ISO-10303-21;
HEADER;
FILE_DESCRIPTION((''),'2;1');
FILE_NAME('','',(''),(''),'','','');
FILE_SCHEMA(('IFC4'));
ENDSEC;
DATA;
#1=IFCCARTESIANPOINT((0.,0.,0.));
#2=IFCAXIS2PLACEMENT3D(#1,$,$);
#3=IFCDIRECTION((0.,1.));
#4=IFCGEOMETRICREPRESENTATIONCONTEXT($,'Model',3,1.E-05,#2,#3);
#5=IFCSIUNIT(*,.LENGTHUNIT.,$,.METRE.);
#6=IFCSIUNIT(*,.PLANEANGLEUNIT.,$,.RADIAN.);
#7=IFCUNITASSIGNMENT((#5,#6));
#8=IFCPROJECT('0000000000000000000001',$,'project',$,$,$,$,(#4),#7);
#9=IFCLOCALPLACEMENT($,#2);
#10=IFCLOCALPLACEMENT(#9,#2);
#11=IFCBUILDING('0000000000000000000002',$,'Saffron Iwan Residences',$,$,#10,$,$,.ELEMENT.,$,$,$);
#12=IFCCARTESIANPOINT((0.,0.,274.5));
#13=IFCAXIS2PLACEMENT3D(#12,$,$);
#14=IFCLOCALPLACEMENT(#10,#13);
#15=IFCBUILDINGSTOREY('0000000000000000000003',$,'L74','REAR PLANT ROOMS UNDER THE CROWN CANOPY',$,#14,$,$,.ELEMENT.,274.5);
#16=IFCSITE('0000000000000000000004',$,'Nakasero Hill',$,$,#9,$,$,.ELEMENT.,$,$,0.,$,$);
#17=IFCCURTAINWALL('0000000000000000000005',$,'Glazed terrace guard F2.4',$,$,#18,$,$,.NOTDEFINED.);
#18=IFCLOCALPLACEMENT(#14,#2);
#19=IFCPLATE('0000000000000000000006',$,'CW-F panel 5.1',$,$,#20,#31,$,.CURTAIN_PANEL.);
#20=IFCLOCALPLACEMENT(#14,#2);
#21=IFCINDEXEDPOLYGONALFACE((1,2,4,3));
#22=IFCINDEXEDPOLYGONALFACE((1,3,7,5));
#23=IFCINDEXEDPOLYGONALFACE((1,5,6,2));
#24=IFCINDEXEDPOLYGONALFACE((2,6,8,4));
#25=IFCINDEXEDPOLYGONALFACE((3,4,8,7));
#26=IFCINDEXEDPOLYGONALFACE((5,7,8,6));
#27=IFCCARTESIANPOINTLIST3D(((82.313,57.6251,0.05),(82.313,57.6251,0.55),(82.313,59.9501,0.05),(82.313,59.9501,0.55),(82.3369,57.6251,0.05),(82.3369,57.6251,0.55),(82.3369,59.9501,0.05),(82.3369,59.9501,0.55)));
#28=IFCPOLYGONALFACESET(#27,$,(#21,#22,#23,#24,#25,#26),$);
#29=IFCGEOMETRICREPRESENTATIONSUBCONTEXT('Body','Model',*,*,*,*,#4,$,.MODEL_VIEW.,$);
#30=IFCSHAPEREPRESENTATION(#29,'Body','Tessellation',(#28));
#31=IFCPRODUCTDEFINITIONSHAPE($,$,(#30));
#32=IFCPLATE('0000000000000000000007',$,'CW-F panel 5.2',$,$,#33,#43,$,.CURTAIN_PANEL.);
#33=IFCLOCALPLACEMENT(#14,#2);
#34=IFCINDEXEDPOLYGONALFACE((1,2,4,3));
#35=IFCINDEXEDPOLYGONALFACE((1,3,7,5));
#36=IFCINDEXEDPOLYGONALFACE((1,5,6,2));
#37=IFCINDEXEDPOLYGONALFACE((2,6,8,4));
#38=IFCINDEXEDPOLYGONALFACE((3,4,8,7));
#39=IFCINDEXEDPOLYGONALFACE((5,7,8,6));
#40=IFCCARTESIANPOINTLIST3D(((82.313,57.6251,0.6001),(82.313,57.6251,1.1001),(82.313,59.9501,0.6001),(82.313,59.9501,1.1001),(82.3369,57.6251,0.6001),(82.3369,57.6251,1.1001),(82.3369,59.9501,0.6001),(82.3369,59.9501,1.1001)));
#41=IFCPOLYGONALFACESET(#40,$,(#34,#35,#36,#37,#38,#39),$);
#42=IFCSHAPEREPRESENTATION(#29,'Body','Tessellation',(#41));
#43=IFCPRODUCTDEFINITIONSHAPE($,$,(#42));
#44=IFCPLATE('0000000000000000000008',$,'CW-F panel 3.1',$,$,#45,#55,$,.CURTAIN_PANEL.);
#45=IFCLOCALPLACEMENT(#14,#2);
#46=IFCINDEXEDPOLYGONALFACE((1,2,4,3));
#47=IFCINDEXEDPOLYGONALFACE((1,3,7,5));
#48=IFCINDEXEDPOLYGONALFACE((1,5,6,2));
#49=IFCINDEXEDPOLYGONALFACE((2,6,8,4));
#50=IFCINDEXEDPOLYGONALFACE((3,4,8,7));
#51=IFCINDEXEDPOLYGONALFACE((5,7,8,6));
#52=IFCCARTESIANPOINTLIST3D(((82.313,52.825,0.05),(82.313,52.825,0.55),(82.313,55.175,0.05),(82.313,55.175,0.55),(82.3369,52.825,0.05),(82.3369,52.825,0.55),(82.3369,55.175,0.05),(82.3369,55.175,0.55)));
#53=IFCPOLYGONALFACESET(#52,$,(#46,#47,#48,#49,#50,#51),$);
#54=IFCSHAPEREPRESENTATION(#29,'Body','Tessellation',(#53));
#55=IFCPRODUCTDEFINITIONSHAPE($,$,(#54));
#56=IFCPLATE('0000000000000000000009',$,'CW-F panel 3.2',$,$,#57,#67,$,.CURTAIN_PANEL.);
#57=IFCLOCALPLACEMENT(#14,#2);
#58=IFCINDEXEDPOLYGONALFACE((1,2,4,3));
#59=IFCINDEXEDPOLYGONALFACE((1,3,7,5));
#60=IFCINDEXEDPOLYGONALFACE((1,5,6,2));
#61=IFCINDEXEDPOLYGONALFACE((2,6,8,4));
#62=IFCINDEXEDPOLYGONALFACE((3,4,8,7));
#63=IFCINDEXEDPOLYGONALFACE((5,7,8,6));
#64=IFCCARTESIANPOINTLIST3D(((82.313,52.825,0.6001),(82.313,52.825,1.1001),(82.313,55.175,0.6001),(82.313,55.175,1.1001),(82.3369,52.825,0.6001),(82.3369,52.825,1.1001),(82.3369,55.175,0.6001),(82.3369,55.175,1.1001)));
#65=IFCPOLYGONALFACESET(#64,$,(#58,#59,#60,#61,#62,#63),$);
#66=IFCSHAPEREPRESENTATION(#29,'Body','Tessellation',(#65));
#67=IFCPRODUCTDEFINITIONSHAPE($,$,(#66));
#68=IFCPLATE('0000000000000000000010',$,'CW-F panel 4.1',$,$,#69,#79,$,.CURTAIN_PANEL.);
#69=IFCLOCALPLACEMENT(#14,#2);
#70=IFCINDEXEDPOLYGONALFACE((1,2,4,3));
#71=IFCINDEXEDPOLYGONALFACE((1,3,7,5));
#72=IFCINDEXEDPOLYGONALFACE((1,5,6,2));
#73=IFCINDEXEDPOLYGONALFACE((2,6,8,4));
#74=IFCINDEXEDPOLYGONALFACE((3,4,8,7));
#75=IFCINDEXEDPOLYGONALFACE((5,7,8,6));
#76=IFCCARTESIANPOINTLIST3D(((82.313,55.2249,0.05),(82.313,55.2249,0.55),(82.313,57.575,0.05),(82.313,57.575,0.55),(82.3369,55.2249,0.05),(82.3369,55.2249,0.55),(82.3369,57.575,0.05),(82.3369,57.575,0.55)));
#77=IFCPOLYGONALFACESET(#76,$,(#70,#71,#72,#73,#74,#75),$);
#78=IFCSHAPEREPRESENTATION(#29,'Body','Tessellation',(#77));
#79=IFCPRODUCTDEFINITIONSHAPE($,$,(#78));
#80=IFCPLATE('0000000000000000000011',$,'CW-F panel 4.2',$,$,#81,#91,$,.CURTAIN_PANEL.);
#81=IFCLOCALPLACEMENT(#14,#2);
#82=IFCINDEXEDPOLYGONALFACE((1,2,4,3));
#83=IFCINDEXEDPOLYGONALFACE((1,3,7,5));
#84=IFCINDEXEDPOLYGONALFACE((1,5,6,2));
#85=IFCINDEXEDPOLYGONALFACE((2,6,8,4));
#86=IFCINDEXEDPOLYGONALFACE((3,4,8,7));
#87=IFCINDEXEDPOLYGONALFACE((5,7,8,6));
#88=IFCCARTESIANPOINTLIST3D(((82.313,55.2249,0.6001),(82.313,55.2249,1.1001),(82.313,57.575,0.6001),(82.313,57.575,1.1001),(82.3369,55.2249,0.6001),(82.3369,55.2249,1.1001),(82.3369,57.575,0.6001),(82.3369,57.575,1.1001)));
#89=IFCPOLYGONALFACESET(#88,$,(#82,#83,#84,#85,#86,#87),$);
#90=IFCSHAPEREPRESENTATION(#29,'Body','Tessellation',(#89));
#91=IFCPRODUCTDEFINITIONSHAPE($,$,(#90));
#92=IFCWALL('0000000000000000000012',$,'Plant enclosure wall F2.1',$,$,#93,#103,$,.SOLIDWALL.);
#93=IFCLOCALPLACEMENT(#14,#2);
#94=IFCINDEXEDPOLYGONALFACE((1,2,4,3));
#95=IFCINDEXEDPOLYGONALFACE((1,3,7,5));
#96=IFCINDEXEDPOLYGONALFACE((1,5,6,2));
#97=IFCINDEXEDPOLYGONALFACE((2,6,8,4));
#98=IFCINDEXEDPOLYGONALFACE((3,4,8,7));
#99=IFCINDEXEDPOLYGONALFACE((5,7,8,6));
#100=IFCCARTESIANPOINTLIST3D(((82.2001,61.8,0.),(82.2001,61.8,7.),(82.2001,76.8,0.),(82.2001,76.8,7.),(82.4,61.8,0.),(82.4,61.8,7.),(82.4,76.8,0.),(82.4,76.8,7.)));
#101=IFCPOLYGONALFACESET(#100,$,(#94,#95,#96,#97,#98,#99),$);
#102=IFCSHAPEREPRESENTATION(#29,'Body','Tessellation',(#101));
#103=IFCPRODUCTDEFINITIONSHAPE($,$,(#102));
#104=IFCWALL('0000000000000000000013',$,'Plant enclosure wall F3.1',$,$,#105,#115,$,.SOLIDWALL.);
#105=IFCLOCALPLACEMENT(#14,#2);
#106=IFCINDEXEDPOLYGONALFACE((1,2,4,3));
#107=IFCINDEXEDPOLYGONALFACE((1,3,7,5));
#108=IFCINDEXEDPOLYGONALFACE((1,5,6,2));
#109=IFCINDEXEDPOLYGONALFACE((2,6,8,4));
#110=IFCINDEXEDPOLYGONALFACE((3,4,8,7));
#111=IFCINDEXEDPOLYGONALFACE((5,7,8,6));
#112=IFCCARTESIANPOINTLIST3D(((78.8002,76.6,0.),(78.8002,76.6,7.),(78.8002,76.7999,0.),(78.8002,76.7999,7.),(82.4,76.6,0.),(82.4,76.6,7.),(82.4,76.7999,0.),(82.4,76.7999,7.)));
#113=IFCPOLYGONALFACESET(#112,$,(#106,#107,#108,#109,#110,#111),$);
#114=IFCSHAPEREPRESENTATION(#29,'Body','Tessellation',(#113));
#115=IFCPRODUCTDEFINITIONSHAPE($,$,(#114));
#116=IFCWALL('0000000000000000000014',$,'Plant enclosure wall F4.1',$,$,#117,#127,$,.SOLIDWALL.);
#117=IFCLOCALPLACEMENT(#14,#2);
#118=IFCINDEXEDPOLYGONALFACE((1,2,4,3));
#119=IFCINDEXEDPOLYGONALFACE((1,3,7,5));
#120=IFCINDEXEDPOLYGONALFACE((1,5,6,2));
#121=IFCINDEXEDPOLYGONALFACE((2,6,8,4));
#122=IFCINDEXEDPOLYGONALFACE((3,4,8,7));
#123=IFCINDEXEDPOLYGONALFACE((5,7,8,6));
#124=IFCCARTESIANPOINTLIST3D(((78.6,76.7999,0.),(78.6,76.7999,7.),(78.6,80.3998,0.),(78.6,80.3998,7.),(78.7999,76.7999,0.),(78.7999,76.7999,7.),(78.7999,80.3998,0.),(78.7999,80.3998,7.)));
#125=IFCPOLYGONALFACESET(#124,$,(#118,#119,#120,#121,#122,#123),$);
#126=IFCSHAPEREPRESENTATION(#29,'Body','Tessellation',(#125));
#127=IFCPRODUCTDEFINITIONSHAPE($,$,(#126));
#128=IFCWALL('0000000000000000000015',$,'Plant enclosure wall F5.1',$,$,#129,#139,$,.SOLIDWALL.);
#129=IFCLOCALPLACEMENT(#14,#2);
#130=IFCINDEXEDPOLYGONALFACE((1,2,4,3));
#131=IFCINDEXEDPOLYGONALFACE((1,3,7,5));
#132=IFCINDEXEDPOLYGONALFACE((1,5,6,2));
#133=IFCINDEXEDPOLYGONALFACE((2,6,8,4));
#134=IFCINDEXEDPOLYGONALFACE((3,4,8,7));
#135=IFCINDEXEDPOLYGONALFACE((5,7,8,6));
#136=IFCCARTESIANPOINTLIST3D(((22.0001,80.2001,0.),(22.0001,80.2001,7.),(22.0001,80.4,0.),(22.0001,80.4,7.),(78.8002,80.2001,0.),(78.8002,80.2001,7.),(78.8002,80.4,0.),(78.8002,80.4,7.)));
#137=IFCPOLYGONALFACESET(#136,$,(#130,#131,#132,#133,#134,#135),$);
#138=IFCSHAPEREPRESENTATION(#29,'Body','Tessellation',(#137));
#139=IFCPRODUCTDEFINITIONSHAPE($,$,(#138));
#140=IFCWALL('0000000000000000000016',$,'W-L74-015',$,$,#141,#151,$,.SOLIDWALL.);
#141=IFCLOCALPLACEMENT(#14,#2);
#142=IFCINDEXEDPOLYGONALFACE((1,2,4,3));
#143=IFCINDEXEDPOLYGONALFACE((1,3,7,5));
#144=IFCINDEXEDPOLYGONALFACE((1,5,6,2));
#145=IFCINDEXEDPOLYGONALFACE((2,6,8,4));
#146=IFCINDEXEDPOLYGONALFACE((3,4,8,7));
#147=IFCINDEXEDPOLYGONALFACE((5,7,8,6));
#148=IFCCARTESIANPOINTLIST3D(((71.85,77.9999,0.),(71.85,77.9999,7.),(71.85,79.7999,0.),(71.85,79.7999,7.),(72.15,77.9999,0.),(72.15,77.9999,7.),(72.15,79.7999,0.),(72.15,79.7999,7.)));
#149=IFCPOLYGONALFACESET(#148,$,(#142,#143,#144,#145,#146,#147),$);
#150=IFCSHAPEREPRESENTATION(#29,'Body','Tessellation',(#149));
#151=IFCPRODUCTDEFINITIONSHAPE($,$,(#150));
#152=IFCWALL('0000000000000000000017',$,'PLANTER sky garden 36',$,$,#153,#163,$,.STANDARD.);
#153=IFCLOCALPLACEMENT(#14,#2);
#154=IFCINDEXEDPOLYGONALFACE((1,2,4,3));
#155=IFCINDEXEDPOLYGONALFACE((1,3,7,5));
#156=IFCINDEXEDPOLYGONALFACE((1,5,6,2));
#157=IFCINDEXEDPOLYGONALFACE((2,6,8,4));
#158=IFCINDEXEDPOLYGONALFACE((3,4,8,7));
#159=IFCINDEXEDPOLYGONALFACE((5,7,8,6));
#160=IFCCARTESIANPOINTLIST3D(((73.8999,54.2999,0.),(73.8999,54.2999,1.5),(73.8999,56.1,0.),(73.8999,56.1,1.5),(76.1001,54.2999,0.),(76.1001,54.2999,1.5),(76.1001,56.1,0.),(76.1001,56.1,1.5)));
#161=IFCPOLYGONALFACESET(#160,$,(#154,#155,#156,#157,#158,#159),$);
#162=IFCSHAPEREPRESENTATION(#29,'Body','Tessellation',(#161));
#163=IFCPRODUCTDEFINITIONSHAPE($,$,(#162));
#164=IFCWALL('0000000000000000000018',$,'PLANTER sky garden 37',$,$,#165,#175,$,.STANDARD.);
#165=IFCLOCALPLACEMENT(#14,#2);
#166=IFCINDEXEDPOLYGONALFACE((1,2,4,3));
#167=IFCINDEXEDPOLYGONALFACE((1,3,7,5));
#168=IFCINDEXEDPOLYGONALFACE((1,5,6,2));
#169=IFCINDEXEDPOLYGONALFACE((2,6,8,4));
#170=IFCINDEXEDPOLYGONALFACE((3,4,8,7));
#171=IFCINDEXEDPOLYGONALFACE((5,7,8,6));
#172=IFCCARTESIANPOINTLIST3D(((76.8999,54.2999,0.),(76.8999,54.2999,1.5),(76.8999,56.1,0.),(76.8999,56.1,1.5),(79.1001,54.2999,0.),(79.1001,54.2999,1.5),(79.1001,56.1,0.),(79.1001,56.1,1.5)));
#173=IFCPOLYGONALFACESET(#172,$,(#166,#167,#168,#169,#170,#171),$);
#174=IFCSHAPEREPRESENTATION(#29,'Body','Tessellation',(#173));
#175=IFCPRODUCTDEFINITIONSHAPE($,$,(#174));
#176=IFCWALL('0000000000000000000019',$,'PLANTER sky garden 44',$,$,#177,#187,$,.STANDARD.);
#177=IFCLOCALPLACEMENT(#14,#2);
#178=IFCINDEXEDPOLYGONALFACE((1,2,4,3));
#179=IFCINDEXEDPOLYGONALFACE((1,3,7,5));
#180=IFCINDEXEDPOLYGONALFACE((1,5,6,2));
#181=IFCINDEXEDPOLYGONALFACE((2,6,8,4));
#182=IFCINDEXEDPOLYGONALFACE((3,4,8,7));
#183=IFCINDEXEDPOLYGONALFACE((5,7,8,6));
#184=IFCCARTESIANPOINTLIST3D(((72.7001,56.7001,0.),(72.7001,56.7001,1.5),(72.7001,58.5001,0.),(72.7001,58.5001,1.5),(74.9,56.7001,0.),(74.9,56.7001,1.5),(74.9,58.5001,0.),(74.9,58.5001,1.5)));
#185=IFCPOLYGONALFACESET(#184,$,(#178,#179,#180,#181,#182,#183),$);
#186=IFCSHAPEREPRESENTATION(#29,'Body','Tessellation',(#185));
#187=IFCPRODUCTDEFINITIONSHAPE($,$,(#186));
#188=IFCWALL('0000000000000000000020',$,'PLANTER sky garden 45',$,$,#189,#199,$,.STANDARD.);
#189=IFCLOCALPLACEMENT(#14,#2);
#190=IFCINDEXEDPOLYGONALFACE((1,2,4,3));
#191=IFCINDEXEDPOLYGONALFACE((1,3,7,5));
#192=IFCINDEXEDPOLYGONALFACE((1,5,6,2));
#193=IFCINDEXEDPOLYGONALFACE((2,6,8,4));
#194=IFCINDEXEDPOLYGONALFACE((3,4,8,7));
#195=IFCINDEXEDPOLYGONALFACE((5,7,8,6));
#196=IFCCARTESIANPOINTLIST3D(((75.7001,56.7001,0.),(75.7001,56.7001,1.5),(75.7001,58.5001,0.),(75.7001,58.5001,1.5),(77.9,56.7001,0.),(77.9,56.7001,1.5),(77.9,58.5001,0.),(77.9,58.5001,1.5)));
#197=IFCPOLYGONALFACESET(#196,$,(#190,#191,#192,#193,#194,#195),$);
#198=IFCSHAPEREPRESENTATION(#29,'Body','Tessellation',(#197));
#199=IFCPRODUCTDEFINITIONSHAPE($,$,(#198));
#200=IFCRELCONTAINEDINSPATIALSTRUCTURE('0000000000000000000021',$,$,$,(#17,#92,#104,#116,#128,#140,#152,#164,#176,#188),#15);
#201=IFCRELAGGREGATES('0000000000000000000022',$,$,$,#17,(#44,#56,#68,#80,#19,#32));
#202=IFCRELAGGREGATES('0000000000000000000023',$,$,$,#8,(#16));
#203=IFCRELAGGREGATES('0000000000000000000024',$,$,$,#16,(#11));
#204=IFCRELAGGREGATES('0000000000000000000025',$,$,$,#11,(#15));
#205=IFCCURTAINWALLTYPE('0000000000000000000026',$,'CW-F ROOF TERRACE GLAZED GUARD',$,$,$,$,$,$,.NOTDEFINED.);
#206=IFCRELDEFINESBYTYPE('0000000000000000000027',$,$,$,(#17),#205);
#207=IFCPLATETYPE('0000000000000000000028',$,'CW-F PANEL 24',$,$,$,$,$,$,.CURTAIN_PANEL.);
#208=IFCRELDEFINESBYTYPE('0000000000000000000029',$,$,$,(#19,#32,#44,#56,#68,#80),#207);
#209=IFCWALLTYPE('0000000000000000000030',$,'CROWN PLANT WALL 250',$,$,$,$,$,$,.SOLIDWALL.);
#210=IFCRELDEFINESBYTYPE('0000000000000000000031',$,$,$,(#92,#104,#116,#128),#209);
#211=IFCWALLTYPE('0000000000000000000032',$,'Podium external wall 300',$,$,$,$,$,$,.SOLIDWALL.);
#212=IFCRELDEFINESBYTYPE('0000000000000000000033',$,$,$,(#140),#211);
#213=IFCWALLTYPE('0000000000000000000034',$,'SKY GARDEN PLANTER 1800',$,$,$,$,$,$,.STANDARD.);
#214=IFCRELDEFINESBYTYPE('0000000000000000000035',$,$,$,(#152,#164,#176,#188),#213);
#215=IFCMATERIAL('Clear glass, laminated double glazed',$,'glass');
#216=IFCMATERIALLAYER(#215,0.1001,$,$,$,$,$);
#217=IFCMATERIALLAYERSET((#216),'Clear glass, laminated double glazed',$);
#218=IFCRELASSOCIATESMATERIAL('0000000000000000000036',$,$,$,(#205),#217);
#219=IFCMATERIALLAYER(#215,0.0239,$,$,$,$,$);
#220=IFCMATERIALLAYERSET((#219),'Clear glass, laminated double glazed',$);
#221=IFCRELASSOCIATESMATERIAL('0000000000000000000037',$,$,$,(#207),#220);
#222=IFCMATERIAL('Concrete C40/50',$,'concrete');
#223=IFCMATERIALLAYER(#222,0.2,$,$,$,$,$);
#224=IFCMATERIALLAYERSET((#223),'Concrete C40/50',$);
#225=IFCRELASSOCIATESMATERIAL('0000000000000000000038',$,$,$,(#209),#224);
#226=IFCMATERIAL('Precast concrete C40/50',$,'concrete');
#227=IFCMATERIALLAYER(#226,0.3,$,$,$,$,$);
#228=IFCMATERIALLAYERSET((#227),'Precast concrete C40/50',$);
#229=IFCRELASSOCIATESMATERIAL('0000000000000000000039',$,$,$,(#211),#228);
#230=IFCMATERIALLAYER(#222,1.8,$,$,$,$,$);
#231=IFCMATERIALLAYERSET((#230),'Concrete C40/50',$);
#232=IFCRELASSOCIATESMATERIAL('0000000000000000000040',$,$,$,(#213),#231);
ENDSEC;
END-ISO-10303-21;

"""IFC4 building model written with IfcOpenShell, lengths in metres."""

from ifc_helpers import new_model, si_unit, direction, frame, frame_2d, origin, origin_2d, place, context, subcontext, project, spatial, rectangle, extrude, source, transform, mapped, material, layer, layer_set, type_object, element, aggregate, save


model = new_model("IFC4")

# Units and contexts
model_context = context("Model", 3, precision=1e-05, world=origin(), true_north=direction((0.0, 1.0)))
body_context = subcontext(model_context, "Body", "Model", "MODEL_VIEW")
ifc_project = project(units=[si_unit("LENGTHUNIT", "METRE"), si_unit("PLANEANGLEUNIT", "RADIAN")], contexts=[model_context])

# Site, building, storey
site_placement = place(None, origin())
site = spatial("IfcSite", under=ifc_project, at=site_placement, Name="Nakasero Hill", CompositionType="ELEMENT", RefElevation=0.0)
building_placement = place(site_placement, origin())
building = spatial("IfcBuilding", under=site, at=building_placement, Name="Saffron Iwan Residences", CompositionType="ELEMENT")
storey_placement = place(building_placement, frame((0.0, 0.0, 274.5)))
storey = spatial("IfcBuildingStorey", under=building, at=storey_placement, Name="L74", Description="REAR PLANT ROOMS UNDER THE CROWN CANOPY", CompositionType="ELEMENT", Elevation=274.5)

# Shared definitions
ifc_material_1 = material(Name="Concrete C40/50", Category="concrete")

# Curtain wall, plates
ifc_material_2 = material(Name="Clear glass, laminated double glazed", Category="glass")
ifc_layer_1 = layer(ifc_material_2, 0.1001)
ifc_layer_set_1 = layer_set([ifc_layer_1], Name="Clear glass, laminated double glazed")
curtain_wall_type = type_object("IfcCurtainWallType", Name="CW-F ROOF TERRACE GLAZED GUARD", PredefinedType="NOTDEFINED", material=ifc_layer_set_1)
curtain_wall_placement = place(storey_placement, origin())
curtain_wall = element("IfcCurtainWall", 1, at=curtain_wall_placement, inside=storey, type_object=curtain_wall_type, Name="Glazed terrace guard F2.4", PredefinedType="NOTDEFINED")
ifc_layer_2 = layer(ifc_material_2, 0.0239)
ifc_layer_set_2 = layer_set([ifc_layer_2], Name="Clear glass, laminated double glazed")
plate_type = type_object("IfcPlateType", Name="CW-F PANEL 24", PredefinedType="CURTAIN_PANEL", material=ifc_layer_set_2)
shared_shape_1 = source(origin(), body_context, "Body", "SweptSolid", [
    extrude(rectangle(XDim=2.325, YDim=0.0239, at=origin_2d()), origin(), (0.0, 0.0, 1.0), 0.5),
])
plate_1_placement = place(storey_placement, frame((82.325, 58.7876, 0.05), z_axis=(0.0, 0.0, 1.0), x_axis=(0.0, 1.0, 0.0)))
plate_1 = element("IfcPlate", 2, at=plate_1_placement, type_object=plate_type, Name="CW-F panel 5.1", PredefinedType="CURTAIN_PANEL", context=body_context, shape_type="MappedRepresentation", body=[
    mapped(shared_shape_1, transform((0.0, 0.0, 0.0))),
])
plate_2_placement = place(storey_placement, frame((82.325, 58.7876, 0.6001), z_axis=(0.0, 0.0, 1.0), x_axis=(0.0, 1.0, 0.0)))
plate_2 = element("IfcPlate", 3, at=plate_2_placement, type_object=plate_type, Name="CW-F panel 5.2", PredefinedType="CURTAIN_PANEL", context=body_context, shape_type="MappedRepresentation", body=[
    mapped(shared_shape_1, transform((0.0, 0.0, 0.0))),
])
shared_shape_2 = source(origin(), body_context, "Body", "SweptSolid", [
    extrude(rectangle(XDim=2.3501, YDim=0.0239, at=origin_2d()), origin(), (0.0, 0.0, 1.0), 0.5),
])
plate_3_placement = place(storey_placement, frame((82.325, 54.0, 0.05), z_axis=(0.0, 0.0, 1.0), x_axis=(0.0, 1.0, 0.0)))
plate_3 = element("IfcPlate", 4, at=plate_3_placement, type_object=plate_type, Name="CW-F panel 3.1", PredefinedType="CURTAIN_PANEL", context=body_context, shape_type="MappedRepresentation", body=[
    mapped(shared_shape_2, transform((0.0, 0.0, 0.0))),
])
plate_4_placement = place(storey_placement, frame((82.325, 54.0, 0.6001), z_axis=(0.0, 0.0, 1.0), x_axis=(0.0, 1.0, 0.0)))
plate_4 = element("IfcPlate", 5, at=plate_4_placement, type_object=plate_type, Name="CW-F panel 3.2", PredefinedType="CURTAIN_PANEL", context=body_context, shape_type="MappedRepresentation", body=[
    mapped(shared_shape_2, transform((0.0, 0.0, 0.0))),
])
plate_5_placement = place(storey_placement, frame((82.325, 56.3999, 0.05), z_axis=(0.0, 0.0, 1.0), x_axis=(0.0, 1.0, 0.0)))
plate_5 = element("IfcPlate", 6, at=plate_5_placement, type_object=plate_type, Name="CW-F panel 4.1", PredefinedType="CURTAIN_PANEL", context=body_context, shape_type="MappedRepresentation", body=[
    mapped(shared_shape_2, transform((0.0, 0.0, 0.0))),
])
plate_6_placement = place(storey_placement, frame((82.325, 56.3999, 0.6001), z_axis=(0.0, 0.0, 1.0), x_axis=(0.0, 1.0, 0.0)))
plate_6 = element("IfcPlate", 7, at=plate_6_placement, type_object=plate_type, Name="CW-F panel 4.2", PredefinedType="CURTAIN_PANEL", context=body_context, shape_type="MappedRepresentation", body=[
    mapped(shared_shape_2, transform((0.0, 0.0, 0.0))),
])
aggregate(curtain_wall, [plate_3, plate_4, plate_5, plate_6, plate_1, plate_2])

# Walls
ifc_layer_3 = layer(ifc_material_1, 0.2)
ifc_layer_set_3 = layer_set([ifc_layer_3], Name="Concrete C40/50")
wall_type_1 = type_object("IfcWallType", Name="CROWN PLANT WALL 250", PredefinedType="SOLIDWALL", material=ifc_layer_set_3)
wall_1_placement = place(storey_placement, frame((82.3, 61.8, 0.0), z_axis=(0.0, 0.0, 1.0), x_axis=(0.0, 1.0, 0.0)))
element("IfcWall", 8, at=wall_1_placement, inside=storey, type_object=wall_type_1, Name="Plant enclosure wall F2.1", PredefinedType="SOLIDWALL", context=body_context, shape_type="SweptSolid", body=[
    extrude(rectangle(XDim=15.0, YDim=0.2, at=frame_2d((7.5, 0.0))), origin(), (0.0, 0.0, 1.0), 7.0),
])
for number, where, z_axis, x_axis, name in (
    (9, (82.3999, 76.7, 0.0), (0.0, 0.0, 1.0), (-1.0, 0.0, 0.0), "Plant enclosure wall F3.1"),
    (10, (78.7, 76.8, 0.0), (0.0, 0.0, 1.0), (0.0, 1.0, 0.0), "Plant enclosure wall F4.1"),
):
    element("IfcWall", number, at=place(storey_placement, frame(where, z_axis=z_axis, x_axis=x_axis)), inside=storey, type_object=wall_type_1, Name=name, PredefinedType="SOLIDWALL", context=body_context, shape_type="SweptSolid", body=[
        extrude(rectangle(XDim=3.5999, YDim=0.2, at=frame_2d((1.7998, 0.0))), origin(), (0.0, 0.0, 1.0), 7.0),
    ])
wall_2_placement = place(storey_placement, frame((78.8, 80.3, 0.0), z_axis=(0.0, 0.0, 1.0), x_axis=(-1.0, 0.0, 0.0)))
element("IfcWall", 11, at=wall_2_placement, inside=storey, type_object=wall_type_1, Name="Plant enclosure wall F5.1", PredefinedType="SOLIDWALL", context=body_context, shape_type="SweptSolid", body=[
    extrude(rectangle(XDim=56.8, YDim=0.2, at=frame_2d((28.3999, 0.0))), origin(), (0.0, 0.0, 1.0), 7.0),
])
ifc_material_3 = material(Name="Precast concrete C40/50", Category="concrete")
ifc_layer_4 = layer(ifc_material_3, 0.3)
ifc_layer_set_4 = layer_set([ifc_layer_4], Name="Precast concrete C40/50")
wall_type_2 = type_object("IfcWallType", Name="Podium external wall 300", PredefinedType="SOLIDWALL", material=ifc_layer_set_4)
wall_3_placement = place(storey_placement, frame((72.0, 78.0, 0.0), z_axis=(0.0, 0.0, 1.0), x_axis=(0.0, 1.0, 0.0)))
element("IfcWall", 12, at=wall_3_placement, inside=storey, type_object=wall_type_2, Name="W-L74-015", PredefinedType="SOLIDWALL", context=body_context, shape_type="SweptSolid", body=[
    extrude(rectangle(XDim=1.8, YDim=0.3, at=frame_2d((0.8999, 0.0))), origin(), (0.0, 0.0, 1.0), 7.0),
])
ifc_layer_5 = layer(ifc_material_1, 1.8)
ifc_layer_set_5 = layer_set([ifc_layer_5], Name="Concrete C40/50")
wall_type_3 = type_object("IfcWallType", Name="SKY GARDEN PLANTER 1800", PredefinedType="STANDARD", material=ifc_layer_set_5)
for number, where, z_axis, x_axis, name in (
    (13, (73.8999, 55.2, 0.0), (0.0, 0.0, 1.0), (1.0, 0.0, 0.0), "PLANTER sky garden 36"),
    (14, (76.8999, 55.2, 0.0), (0.0, 0.0, 1.0), (1.0, 0.0, 0.0), "PLANTER sky garden 37"),
):
    element("IfcWall", number, at=place(storey_placement, frame(where, z_axis=z_axis, x_axis=x_axis)), inside=storey, type_object=wall_type_3, Name=name, PredefinedType="STANDARD", context=body_context, shape_type="SweptSolid", body=[
        extrude(rectangle(XDim=2.2002, YDim=1.8, at=frame_2d((1.1001, 0.0))), origin(), (0.0, 0.0, 1.0), 1.5),
    ])
for number, where, z_axis, x_axis, name in (
    (15, (72.7, 57.6001, 0.0), (0.0, 0.0, 1.0), (1.0, 0.0, 0.0), "PLANTER sky garden 44"),
    (16, (75.7, 57.6001, 0.0), (0.0, 0.0, 1.0), (1.0, 0.0, 0.0), "PLANTER sky garden 45"),
):
    element("IfcWall", number, at=place(storey_placement, frame(where, z_axis=z_axis, x_axis=x_axis)), inside=storey, type_object=wall_type_3, Name=name, PredefinedType="STANDARD", context=body_context, shape_type="SweptSolid", body=[
        extrude(rectangle(XDim=2.2, YDim=1.8, at=frame_2d((1.1001, 0.0))), origin(), (0.0, 0.0, 1.0), 1.5),
    ])

save(model, "model.ifc")
